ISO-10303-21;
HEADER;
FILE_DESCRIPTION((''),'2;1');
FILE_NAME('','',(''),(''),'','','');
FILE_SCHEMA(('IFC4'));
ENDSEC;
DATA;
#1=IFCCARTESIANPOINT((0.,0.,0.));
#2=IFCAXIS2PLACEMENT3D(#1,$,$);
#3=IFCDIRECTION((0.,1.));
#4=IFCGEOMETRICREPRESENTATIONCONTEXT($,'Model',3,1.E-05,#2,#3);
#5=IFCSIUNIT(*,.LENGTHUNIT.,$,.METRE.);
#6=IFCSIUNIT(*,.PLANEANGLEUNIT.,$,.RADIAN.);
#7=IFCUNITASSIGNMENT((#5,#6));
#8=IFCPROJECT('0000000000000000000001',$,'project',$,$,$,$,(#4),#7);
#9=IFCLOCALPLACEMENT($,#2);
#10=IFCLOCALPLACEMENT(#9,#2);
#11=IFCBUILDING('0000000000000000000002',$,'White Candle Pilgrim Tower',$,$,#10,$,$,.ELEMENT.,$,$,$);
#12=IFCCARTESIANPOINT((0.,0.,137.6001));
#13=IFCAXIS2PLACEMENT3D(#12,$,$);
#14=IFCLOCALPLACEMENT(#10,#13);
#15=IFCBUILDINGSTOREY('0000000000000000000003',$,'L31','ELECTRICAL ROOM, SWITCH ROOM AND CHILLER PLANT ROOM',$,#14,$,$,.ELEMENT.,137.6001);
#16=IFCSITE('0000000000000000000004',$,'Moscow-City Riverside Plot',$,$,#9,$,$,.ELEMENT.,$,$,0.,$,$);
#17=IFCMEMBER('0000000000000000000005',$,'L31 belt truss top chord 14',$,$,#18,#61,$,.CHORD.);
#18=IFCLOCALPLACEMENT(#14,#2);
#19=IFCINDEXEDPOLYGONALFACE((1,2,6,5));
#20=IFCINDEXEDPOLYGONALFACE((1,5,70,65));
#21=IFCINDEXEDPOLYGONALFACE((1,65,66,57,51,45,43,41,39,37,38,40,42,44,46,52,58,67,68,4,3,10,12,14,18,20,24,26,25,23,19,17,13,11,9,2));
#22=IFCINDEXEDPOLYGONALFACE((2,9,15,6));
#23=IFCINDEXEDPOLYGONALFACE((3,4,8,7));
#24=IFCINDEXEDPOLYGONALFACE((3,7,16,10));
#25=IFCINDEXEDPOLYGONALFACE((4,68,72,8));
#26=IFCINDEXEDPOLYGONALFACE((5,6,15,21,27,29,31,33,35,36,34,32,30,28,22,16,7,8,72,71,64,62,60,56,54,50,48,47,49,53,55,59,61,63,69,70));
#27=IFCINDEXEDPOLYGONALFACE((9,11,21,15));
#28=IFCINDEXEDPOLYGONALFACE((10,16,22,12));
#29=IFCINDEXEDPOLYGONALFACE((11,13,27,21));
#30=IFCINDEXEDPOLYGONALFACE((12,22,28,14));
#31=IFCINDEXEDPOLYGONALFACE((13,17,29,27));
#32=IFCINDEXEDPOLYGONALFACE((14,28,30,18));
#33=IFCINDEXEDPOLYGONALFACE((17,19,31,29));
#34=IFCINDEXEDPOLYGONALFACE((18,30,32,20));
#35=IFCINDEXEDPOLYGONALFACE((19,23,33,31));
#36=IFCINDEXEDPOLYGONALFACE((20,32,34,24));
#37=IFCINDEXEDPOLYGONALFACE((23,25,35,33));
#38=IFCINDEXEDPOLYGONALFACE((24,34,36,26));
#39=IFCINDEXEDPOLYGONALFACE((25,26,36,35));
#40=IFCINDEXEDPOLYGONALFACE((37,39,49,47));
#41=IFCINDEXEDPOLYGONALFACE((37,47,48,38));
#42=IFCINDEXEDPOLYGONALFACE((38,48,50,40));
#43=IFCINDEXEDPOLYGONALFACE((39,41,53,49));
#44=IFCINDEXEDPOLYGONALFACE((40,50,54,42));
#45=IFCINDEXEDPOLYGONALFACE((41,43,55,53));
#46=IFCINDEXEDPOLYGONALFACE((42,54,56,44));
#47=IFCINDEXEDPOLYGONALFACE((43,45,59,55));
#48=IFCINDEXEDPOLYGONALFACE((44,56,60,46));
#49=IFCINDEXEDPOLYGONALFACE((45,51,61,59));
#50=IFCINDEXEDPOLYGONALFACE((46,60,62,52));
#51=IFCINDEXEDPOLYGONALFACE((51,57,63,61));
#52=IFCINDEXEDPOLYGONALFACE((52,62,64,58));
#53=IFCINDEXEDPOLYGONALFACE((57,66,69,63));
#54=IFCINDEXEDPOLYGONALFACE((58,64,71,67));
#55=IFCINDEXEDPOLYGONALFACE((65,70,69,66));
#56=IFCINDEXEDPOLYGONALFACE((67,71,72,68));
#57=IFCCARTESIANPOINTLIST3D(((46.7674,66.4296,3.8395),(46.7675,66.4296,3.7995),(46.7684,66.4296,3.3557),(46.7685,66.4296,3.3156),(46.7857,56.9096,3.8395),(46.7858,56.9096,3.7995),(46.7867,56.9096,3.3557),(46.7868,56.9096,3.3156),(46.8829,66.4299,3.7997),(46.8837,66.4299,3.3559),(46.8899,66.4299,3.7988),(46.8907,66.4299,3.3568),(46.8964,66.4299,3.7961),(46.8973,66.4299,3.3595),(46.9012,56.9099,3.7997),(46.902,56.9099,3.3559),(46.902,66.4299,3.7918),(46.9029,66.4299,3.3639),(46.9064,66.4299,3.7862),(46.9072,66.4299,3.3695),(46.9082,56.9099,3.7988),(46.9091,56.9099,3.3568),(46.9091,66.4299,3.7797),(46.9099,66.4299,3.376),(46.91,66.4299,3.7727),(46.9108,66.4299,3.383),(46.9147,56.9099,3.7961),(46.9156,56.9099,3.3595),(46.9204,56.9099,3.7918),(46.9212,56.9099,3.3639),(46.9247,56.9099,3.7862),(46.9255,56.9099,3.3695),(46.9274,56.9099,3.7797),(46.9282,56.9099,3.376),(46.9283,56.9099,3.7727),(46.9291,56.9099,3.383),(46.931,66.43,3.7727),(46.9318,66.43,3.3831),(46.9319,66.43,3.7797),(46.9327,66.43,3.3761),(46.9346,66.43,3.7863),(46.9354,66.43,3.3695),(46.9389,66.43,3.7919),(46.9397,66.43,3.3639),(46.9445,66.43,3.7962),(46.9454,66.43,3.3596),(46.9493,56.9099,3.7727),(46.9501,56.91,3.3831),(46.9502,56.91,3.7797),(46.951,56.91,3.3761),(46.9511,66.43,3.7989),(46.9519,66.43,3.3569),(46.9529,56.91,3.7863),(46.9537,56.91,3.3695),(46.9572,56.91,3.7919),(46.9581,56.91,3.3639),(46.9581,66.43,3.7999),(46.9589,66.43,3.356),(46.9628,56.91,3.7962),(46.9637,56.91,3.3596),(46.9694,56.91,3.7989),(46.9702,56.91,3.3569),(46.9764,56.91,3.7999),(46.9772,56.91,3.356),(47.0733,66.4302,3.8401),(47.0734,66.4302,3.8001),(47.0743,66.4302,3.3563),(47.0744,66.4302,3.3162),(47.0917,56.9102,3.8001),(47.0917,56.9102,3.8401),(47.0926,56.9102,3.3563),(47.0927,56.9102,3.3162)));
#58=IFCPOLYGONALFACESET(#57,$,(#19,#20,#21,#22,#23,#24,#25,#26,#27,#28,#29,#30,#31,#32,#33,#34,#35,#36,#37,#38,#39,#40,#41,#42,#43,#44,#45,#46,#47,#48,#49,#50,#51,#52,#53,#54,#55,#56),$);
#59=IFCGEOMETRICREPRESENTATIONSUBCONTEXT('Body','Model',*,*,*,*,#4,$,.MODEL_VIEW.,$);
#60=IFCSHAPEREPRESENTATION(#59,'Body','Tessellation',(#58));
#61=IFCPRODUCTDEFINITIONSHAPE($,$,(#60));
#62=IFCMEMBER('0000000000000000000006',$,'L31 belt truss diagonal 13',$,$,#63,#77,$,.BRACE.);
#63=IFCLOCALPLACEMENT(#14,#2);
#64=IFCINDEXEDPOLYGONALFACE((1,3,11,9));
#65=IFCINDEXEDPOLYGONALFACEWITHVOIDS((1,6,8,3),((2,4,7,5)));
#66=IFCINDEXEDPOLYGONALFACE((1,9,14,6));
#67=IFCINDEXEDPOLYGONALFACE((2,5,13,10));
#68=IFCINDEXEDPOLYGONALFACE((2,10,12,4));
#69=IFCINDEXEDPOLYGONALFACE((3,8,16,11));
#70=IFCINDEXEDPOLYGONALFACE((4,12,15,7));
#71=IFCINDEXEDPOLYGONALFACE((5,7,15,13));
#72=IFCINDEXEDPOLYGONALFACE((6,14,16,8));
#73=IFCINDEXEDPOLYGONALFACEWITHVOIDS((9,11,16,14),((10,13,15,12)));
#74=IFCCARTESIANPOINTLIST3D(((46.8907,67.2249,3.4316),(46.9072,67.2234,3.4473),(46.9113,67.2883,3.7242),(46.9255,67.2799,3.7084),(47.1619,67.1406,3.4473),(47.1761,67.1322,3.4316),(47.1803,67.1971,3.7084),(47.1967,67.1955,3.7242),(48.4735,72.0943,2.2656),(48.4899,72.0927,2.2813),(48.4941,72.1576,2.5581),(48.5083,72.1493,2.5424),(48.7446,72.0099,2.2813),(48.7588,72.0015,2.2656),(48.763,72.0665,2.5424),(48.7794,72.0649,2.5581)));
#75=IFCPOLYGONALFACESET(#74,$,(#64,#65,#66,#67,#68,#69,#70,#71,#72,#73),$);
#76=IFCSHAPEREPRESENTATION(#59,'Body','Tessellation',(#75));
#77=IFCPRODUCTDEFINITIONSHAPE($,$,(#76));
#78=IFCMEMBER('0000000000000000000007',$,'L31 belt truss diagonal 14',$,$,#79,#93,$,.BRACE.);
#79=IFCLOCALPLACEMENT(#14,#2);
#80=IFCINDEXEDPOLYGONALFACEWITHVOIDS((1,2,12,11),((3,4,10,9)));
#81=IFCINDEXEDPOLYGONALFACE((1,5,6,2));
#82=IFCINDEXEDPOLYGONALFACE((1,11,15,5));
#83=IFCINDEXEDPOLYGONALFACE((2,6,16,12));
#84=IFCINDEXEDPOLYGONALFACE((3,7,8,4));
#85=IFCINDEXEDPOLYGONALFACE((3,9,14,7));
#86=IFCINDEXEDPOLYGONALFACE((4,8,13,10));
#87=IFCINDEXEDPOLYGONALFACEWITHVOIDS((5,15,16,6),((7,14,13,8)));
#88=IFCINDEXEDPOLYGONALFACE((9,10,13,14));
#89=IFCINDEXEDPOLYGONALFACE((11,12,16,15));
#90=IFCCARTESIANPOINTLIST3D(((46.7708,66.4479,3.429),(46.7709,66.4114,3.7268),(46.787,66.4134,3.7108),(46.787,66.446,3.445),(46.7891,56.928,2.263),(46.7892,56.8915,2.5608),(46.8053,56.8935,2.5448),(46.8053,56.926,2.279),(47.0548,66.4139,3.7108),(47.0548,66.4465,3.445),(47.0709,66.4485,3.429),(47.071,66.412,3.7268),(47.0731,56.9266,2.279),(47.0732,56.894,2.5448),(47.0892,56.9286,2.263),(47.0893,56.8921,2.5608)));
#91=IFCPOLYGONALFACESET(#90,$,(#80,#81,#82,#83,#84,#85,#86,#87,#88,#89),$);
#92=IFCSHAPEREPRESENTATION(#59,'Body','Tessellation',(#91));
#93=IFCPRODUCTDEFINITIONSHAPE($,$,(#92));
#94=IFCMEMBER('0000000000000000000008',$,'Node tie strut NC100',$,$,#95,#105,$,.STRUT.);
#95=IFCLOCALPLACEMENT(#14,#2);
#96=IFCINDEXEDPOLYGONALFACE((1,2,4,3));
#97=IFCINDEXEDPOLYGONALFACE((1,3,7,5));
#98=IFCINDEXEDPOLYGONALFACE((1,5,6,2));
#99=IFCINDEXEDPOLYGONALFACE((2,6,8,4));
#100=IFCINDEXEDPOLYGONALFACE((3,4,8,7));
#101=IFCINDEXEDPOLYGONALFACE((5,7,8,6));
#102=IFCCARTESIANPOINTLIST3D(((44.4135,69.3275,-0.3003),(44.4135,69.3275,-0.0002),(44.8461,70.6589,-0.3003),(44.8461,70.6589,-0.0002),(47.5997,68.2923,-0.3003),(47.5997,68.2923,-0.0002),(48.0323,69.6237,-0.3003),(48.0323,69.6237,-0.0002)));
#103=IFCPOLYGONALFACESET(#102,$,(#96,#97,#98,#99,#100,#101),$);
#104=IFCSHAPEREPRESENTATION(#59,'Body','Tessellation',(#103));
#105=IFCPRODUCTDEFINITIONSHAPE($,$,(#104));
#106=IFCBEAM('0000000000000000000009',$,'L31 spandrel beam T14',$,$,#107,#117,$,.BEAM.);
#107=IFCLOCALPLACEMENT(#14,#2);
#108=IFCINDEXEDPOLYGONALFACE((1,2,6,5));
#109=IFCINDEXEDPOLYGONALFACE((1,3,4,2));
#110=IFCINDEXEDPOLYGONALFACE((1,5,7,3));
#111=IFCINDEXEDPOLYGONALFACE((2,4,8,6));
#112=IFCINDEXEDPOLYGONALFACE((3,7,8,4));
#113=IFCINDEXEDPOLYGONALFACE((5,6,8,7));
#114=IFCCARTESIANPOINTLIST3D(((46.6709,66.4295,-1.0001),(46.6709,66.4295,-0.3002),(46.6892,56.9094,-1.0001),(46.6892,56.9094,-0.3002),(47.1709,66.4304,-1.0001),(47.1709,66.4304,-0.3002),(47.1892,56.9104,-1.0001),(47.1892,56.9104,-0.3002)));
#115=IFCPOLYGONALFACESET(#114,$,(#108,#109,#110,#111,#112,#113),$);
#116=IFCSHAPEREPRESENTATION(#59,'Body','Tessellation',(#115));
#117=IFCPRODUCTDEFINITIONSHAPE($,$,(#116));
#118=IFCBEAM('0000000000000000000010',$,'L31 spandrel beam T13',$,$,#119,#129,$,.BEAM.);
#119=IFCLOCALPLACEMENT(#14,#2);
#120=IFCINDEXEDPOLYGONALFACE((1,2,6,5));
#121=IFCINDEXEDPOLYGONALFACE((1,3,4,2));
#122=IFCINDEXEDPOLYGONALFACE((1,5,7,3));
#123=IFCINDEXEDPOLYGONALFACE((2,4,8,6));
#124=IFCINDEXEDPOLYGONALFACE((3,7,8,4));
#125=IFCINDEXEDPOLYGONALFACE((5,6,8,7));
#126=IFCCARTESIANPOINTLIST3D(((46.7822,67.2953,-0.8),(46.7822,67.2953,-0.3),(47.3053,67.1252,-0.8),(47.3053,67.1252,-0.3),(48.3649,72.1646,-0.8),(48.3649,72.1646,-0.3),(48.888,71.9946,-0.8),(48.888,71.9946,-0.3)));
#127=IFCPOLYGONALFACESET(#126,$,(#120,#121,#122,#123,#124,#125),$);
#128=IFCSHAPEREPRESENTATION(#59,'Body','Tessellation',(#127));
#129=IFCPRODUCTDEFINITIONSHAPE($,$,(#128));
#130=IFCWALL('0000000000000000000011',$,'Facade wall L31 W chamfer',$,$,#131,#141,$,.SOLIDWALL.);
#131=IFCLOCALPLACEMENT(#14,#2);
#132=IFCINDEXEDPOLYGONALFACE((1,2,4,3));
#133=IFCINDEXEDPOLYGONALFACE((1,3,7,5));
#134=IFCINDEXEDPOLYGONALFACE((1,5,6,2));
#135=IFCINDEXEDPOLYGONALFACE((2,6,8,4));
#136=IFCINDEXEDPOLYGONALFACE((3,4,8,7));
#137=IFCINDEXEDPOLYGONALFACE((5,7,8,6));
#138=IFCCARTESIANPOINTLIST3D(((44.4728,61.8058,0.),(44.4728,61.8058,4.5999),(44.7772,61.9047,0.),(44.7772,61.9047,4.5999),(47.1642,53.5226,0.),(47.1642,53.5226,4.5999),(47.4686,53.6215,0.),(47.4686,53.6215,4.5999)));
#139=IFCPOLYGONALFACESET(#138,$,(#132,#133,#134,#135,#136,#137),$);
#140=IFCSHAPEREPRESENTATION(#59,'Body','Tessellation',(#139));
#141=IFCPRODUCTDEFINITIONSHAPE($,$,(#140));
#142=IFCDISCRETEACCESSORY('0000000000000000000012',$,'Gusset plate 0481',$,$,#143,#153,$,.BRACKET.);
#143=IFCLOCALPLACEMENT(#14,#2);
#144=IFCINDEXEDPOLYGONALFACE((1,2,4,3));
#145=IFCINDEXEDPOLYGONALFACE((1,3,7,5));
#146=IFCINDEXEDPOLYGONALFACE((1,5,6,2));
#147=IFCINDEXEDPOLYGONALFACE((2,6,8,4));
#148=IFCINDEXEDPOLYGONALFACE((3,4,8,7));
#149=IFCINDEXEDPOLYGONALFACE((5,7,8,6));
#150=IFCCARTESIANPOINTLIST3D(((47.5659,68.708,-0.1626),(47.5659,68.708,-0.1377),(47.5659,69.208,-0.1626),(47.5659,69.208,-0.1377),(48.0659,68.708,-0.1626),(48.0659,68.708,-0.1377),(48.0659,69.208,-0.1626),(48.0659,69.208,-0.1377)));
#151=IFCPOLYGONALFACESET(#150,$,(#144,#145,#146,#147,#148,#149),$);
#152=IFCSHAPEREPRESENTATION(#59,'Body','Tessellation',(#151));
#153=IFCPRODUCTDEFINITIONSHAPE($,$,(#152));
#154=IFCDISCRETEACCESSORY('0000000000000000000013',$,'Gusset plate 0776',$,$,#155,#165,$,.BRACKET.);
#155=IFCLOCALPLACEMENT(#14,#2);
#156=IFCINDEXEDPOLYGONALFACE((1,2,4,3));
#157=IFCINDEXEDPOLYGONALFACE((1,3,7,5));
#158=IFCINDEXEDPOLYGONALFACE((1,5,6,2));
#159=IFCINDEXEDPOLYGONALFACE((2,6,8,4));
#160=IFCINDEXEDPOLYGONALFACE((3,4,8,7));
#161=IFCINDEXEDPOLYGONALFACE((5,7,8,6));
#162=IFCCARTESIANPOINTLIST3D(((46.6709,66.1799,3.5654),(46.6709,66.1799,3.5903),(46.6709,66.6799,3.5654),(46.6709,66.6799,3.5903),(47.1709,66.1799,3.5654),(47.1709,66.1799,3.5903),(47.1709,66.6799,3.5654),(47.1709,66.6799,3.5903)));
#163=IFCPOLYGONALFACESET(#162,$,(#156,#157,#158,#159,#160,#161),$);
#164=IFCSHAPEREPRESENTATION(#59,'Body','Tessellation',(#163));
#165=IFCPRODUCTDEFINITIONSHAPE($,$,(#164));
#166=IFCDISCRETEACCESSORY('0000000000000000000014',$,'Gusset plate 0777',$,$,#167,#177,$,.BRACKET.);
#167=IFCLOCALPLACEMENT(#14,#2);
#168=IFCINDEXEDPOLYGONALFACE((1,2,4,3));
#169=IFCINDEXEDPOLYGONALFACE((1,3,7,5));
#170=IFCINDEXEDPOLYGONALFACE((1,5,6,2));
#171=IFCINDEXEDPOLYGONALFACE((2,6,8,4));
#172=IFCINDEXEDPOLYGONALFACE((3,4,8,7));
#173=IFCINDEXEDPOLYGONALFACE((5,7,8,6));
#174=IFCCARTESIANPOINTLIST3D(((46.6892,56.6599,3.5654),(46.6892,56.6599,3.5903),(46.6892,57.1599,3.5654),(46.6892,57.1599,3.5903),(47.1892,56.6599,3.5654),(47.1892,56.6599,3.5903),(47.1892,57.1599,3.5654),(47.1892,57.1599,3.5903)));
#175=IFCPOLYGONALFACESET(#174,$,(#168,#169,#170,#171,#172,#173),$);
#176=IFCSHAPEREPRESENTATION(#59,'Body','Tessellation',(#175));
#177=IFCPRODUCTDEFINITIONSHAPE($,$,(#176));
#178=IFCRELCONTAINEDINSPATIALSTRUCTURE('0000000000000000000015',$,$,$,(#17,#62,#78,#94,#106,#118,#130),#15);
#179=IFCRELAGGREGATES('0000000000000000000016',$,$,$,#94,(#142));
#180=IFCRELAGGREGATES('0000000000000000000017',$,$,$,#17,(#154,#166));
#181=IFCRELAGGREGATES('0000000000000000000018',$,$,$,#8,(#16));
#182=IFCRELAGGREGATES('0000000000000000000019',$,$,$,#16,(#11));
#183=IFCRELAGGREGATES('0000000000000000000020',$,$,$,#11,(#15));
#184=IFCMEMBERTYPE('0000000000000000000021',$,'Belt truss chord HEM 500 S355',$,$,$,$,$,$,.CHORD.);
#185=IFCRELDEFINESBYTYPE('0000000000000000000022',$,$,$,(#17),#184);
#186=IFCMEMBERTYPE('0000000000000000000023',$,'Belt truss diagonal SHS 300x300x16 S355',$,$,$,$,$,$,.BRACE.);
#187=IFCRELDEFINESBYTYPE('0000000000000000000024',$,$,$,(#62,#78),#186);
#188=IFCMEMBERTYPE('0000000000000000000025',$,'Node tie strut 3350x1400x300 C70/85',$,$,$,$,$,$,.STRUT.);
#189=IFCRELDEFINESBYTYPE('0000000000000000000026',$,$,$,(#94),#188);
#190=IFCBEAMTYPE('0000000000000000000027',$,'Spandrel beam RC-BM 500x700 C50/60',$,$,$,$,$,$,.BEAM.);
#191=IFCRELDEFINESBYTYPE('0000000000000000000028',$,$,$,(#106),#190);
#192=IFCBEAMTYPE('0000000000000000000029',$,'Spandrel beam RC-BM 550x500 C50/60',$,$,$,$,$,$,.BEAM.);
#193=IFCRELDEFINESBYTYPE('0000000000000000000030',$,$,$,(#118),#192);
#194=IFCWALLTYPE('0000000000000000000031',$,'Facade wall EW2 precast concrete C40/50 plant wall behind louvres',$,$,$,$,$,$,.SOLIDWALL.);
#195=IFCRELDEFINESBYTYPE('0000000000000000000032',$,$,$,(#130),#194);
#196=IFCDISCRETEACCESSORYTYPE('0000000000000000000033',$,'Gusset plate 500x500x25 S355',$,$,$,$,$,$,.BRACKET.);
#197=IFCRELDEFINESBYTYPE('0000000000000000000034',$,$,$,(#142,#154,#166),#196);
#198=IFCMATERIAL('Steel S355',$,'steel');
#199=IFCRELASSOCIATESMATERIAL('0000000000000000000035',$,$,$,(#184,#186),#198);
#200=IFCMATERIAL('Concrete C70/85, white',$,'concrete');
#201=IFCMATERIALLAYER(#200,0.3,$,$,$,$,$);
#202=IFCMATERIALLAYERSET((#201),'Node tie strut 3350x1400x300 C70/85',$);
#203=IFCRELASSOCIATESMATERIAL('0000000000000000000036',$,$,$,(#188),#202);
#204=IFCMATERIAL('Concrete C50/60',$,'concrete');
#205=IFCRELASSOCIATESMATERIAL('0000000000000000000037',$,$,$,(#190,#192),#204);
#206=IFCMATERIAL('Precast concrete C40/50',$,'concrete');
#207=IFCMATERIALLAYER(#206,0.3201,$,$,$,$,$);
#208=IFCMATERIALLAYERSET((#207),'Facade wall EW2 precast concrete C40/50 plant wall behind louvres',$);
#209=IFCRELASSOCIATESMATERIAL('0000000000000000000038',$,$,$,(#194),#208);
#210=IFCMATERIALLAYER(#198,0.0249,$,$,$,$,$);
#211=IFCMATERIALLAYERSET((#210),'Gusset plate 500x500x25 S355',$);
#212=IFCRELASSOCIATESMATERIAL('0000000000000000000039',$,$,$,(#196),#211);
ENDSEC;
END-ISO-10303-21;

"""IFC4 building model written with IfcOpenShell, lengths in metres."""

from ifc_helpers import new_model, si_unit, direction, frame, frame_2d, origin, origin_2d, place, context, subcontext, project, spatial, rectangle, hollow_rectangle, i_section, extrude, material, layer, layer_set, material_profile, profile_set, type_object, element, aggregate, save


model = new_model("IFC4")

# Units and contexts
model_context = context("Model", 3, precision=1e-05, world=origin(), true_north=direction((0.0, 1.0)))
body_context = subcontext(model_context, "Body", "Model", "MODEL_VIEW")
ifc_project = project(units=[si_unit("LENGTHUNIT", "METRE"), si_unit("PLANEANGLEUNIT", "RADIAN")], contexts=[model_context])

# Site, building, storey
site_placement = place(None, origin())
site = spatial("IfcSite", under=ifc_project, at=site_placement, Name="Moscow-City Riverside Plot", CompositionType="ELEMENT", RefElevation=0.0)
building_placement = place(site_placement, origin())
building = spatial("IfcBuilding", under=site, at=building_placement, Name="White Candle Pilgrim Tower", CompositionType="ELEMENT")
storey_placement = place(building_placement, frame((0.0, 0.0, 137.6001)))
storey = spatial("IfcBuildingStorey", under=building, at=storey_placement, Name="L31", Description="ELECTRICAL ROOM, SWITCH ROOM AND CHILLER PLANT ROOM", CompositionType="ELEMENT", Elevation=137.6001)

# Member
ifc_material_1 = material(Name="Steel S355", Category="steel")
ifc_material_profile_1 = material_profile(ifc_material_1, i_section(OverallWidth=0.3059, OverallDepth=0.5239, WebThickness=0.021, FlangeThickness=0.04, FilletRadius=0.0271, at=origin_2d()), Name="HEM 500")
ifc_profile_set_1 = profile_set([ifc_material_profile_1], Name="Steel S355")
member_type_1 = type_object("IfcMemberType", Name="Belt truss chord HEM 500 S355", PredefinedType="CHORD", material=ifc_profile_set_1)
member_1_placement = place(storey_placement, frame((46.9209, 66.4299, 3.5779), z_axis=(0.001923, -0.999998, 0.0), x_axis=(0.999996, 0.001923, 0.001933)))
member_1 = element("IfcMember", 1, at=member_1_placement, inside=storey, type_object=member_type_1, Name="L31 belt truss top chord 14", PredefinedType="CHORD", context=body_context, shape_type="SweptSolid", body=[
    extrude(i_section(OverallWidth=0.3059, OverallDepth=0.5239, WebThickness=0.021, FlangeThickness=0.04, FilletRadius=0.0271, at=origin_2d()), origin(), (0.0, 0.0, 1.0), 9.52),
])

# Members
ifc_material_profile_2 = material_profile(ifc_material_1, hollow_rectangle(XDim=0.3, YDim=0.3, WallThickness=0.0161, at=origin_2d()), Name="SHS 300x300x16")
ifc_profile_set_2 = profile_set([ifc_material_profile_2], Name="Steel S355")
member_type_2 = type_object("IfcMemberType", Name="Belt truss diagonal SHS 300x300x16 S355", PredefinedType="BRACE", material=ifc_profile_set_2)
member_2_placement = place(storey_placement, frame((48.6265, 72.0796, 2.4119), z_axis=(-0.301407, -0.927281, 0.222045), x_axis=(0.951022, -0.309124, 0.0)))
element("IfcMember", 2, at=member_2_placement, inside=storey, type_object=member_type_2, Name="L31 belt truss diagonal 13", PredefinedType="BRACE", context=body_context, shape_type="SweptSolid", body=[
    extrude(hollow_rectangle(XDim=0.3, YDim=0.3, WallThickness=0.0161, at=origin_2d()), origin(), (0.0, 0.0, 1.0), 5.2512),
])
member_3_placement = place(storey_placement, frame((46.9209, 66.4299, 3.5779), z_axis=(0.001909, -0.992581, -0.121572), x_axis=(0.999998, 0.001923, 0.0)))
element("IfcMember", 3, at=member_3_placement, inside=storey, type_object=member_type_2, Name="L31 belt truss diagonal 14", PredefinedType="BRACE", context=body_context, shape_type="SweptSolid", body=[
    extrude(hollow_rectangle(XDim=0.3, YDim=0.3, WallThickness=0.0161, at=origin_2d()), origin(), (0.0, 0.0, 1.0), 9.5911),
])

# Member
ifc_material_2 = material(Name="Concrete C70/85, white", Category="concrete")
ifc_layer_1 = layer(ifc_material_2, 0.3)
ifc_layer_set_1 = layer_set([ifc_layer_1], Name="Node tie strut 3350x1400x300 C70/85")
member_type_3 = type_object("IfcMemberType", Name="Node tie strut 3350x1400x300 C70/85", PredefinedType="STRUT", material=ifc_layer_set_1)
member_4_placement = place(storey_placement, frame((46.2229, 69.4756, -0.3003), z_axis=(0.0, 0.0, 1.0), x_axis=(-0.309017, -0.951057, 0.0)))
member_4 = element("IfcMember", 4, at=member_4_placement, inside=storey, type_object=member_type_3, Name="Node tie strut NC100", PredefinedType="STRUT", context=body_context, shape_type="SweptSolid", body=[
    extrude(rectangle(XDim=1.3999, YDim=3.3501, at=origin_2d()), origin(), (0.0, 0.0, 1.0), 0.3),
])

# Beams
ifc_material_3 = material(Name="Concrete C50/60", Category="concrete")
ifc_material_profile_3 = material_profile(ifc_material_3, rectangle(XDim=0.5, YDim=0.7, at=origin_2d()), Name="RC-BM 500x700")
ifc_profile_set_3 = profile_set([ifc_material_profile_3], Name="Concrete C50/60")
beam_type_1 = type_object("IfcBeamType", Name="Spandrel beam RC-BM 500x700 C50/60", PredefinedType="BEAM", material=ifc_profile_set_3)
beam_1_placement = place(storey_placement, frame((46.9209, 66.4299, -0.6501), z_axis=(0.001923, -0.999998, 0.0), x_axis=(0.999998, 0.001923, 0.0)))
element("IfcBeam", 5, at=beam_1_placement, inside=storey, type_object=beam_type_1, Name="L31 spandrel beam T14", PredefinedType="BEAM", context=body_context, shape_type="SweptSolid", body=[
    extrude(rectangle(XDim=0.5, YDim=0.7, at=origin_2d()), origin(), (0.0, 0.0, 1.0), 9.52),
])
ifc_material_profile_4 = material_profile(ifc_material_3, rectangle(XDim=0.55, YDim=0.5, at=origin_2d()), Name="RC-BM 550x500")
ifc_profile_set_4 = profile_set([ifc_material_profile_4], Name="Concrete C50/60")
beam_type_2 = type_object("IfcBeamType", Name="Spandrel beam RC-BM 550x500 C50/60", PredefinedType="BEAM", material=ifc_profile_set_4)
beam_2_placement = place(storey_placement, frame((48.6265, 72.0796, -0.55), z_axis=(-0.309124, -0.951022, 0.0), x_axis=(0.951022, -0.309124, 0.0)))
element("IfcBeam", 6, at=beam_2_placement, inside=storey, type_object=beam_type_2, Name="L31 spandrel beam T13", PredefinedType="BEAM", context=body_context, shape_type="SweptSolid", body=[
    extrude(rectangle(XDim=0.55, YDim=0.5, at=origin_2d()), origin(), (0.0, 0.0, 1.0), 5.1201),
])

# Wall
ifc_material_4 = material(Name="Precast concrete C40/50", Category="concrete")
ifc_layer_2 = layer(ifc_material_4, 0.3201)
ifc_layer_set_2 = layer_set([ifc_layer_2], Name="Facade wall EW2 precast concrete C40/50 plant wall behind louvres")
wall_type_1 = type_object("IfcWallType", Name="Facade wall EW2 precast concrete C40/50 plant wall behind louvres", PredefinedType="SOLIDWALL", material=ifc_layer_set_2)
wall_1_placement = place(storey_placement, frame((44.625, 61.8552, 0.0), z_axis=(0.0, 0.0, 1.0), x_axis=(0.30902, -0.951055, 0.0)))
element("IfcWall", 7, at=wall_1_placement, inside=storey, type_object=wall_type_1, Name="Facade wall L31 W chamfer", PredefinedType="SOLIDWALL", context=body_context, shape_type="SweptSolid", body=[
    extrude(rectangle(XDim=8.7095, YDim=0.3201, at=frame_2d((4.3547, 0.0))), origin(), (0.0, 0.0, 1.0), 4.5999),
])

# Discrete accessories
ifc_layer_3 = layer(ifc_material_1, 0.0249)
ifc_layer_set_3 = layer_set([ifc_layer_3], Name="Gusset plate 500x500x25 S355")
discrete_accessory_type = type_object("IfcDiscreteAccessoryType", Name="Gusset plate 500x500x25 S355", PredefinedType="BRACKET", material=ifc_layer_set_3)
discrete_accessory_1_placement = place(storey_placement, frame((47.8159, 68.958, -0.1626), z_axis=(0.0, 0.0, 1.0), x_axis=(1.0, 0.0, 0.0)))
discrete_accessory_1 = element("IfcDiscreteAccessory", 8, at=discrete_accessory_1_placement, type_object=discrete_accessory_type, Name="Gusset plate 0481", PredefinedType="BRACKET", context=body_context, shape_type="SweptSolid", body=[
    extrude(rectangle(XDim=0.5, YDim=0.5, at=origin_2d()), origin(), (0.0, 0.0, 1.0), 0.0249),
])
aggregate(member_4, [discrete_accessory_1])
discrete_accessory_2_placement = place(storey_placement, frame((46.9209, 66.4299, 3.5654), z_axis=(0.0, 0.0, 1.0), x_axis=(1.0, 0.0, 0.0)))
discrete_accessory_2 = element("IfcDiscreteAccessory", 9, at=discrete_accessory_2_placement, type_object=discrete_accessory_type, Name="Gusset plate 0776", PredefinedType="BRACKET", context=body_context, shape_type="SweptSolid", body=[
    extrude(rectangle(XDim=0.5, YDim=0.5, at=origin_2d()), origin(), (0.0, 0.0, 1.0), 0.0249),
])
discrete_accessory_3_placement = place(storey_placement, frame((46.9392, 56.9099, 3.5654), z_axis=(0.0, 0.0, 1.0), x_axis=(1.0, 0.0, 0.0)))
discrete_accessory_3 = element("IfcDiscreteAccessory", 10, at=discrete_accessory_3_placement, type_object=discrete_accessory_type, Name="Gusset plate 0777", PredefinedType="BRACKET", context=body_context, shape_type="SweptSolid", body=[
    extrude(rectangle(XDim=0.5, YDim=0.5, at=origin_2d()), origin(), (0.0, 0.0, 1.0), 0.0249),
])
aggregate(member_1, [discrete_accessory_2, discrete_accessory_3])

save(model, "model.ifc")
